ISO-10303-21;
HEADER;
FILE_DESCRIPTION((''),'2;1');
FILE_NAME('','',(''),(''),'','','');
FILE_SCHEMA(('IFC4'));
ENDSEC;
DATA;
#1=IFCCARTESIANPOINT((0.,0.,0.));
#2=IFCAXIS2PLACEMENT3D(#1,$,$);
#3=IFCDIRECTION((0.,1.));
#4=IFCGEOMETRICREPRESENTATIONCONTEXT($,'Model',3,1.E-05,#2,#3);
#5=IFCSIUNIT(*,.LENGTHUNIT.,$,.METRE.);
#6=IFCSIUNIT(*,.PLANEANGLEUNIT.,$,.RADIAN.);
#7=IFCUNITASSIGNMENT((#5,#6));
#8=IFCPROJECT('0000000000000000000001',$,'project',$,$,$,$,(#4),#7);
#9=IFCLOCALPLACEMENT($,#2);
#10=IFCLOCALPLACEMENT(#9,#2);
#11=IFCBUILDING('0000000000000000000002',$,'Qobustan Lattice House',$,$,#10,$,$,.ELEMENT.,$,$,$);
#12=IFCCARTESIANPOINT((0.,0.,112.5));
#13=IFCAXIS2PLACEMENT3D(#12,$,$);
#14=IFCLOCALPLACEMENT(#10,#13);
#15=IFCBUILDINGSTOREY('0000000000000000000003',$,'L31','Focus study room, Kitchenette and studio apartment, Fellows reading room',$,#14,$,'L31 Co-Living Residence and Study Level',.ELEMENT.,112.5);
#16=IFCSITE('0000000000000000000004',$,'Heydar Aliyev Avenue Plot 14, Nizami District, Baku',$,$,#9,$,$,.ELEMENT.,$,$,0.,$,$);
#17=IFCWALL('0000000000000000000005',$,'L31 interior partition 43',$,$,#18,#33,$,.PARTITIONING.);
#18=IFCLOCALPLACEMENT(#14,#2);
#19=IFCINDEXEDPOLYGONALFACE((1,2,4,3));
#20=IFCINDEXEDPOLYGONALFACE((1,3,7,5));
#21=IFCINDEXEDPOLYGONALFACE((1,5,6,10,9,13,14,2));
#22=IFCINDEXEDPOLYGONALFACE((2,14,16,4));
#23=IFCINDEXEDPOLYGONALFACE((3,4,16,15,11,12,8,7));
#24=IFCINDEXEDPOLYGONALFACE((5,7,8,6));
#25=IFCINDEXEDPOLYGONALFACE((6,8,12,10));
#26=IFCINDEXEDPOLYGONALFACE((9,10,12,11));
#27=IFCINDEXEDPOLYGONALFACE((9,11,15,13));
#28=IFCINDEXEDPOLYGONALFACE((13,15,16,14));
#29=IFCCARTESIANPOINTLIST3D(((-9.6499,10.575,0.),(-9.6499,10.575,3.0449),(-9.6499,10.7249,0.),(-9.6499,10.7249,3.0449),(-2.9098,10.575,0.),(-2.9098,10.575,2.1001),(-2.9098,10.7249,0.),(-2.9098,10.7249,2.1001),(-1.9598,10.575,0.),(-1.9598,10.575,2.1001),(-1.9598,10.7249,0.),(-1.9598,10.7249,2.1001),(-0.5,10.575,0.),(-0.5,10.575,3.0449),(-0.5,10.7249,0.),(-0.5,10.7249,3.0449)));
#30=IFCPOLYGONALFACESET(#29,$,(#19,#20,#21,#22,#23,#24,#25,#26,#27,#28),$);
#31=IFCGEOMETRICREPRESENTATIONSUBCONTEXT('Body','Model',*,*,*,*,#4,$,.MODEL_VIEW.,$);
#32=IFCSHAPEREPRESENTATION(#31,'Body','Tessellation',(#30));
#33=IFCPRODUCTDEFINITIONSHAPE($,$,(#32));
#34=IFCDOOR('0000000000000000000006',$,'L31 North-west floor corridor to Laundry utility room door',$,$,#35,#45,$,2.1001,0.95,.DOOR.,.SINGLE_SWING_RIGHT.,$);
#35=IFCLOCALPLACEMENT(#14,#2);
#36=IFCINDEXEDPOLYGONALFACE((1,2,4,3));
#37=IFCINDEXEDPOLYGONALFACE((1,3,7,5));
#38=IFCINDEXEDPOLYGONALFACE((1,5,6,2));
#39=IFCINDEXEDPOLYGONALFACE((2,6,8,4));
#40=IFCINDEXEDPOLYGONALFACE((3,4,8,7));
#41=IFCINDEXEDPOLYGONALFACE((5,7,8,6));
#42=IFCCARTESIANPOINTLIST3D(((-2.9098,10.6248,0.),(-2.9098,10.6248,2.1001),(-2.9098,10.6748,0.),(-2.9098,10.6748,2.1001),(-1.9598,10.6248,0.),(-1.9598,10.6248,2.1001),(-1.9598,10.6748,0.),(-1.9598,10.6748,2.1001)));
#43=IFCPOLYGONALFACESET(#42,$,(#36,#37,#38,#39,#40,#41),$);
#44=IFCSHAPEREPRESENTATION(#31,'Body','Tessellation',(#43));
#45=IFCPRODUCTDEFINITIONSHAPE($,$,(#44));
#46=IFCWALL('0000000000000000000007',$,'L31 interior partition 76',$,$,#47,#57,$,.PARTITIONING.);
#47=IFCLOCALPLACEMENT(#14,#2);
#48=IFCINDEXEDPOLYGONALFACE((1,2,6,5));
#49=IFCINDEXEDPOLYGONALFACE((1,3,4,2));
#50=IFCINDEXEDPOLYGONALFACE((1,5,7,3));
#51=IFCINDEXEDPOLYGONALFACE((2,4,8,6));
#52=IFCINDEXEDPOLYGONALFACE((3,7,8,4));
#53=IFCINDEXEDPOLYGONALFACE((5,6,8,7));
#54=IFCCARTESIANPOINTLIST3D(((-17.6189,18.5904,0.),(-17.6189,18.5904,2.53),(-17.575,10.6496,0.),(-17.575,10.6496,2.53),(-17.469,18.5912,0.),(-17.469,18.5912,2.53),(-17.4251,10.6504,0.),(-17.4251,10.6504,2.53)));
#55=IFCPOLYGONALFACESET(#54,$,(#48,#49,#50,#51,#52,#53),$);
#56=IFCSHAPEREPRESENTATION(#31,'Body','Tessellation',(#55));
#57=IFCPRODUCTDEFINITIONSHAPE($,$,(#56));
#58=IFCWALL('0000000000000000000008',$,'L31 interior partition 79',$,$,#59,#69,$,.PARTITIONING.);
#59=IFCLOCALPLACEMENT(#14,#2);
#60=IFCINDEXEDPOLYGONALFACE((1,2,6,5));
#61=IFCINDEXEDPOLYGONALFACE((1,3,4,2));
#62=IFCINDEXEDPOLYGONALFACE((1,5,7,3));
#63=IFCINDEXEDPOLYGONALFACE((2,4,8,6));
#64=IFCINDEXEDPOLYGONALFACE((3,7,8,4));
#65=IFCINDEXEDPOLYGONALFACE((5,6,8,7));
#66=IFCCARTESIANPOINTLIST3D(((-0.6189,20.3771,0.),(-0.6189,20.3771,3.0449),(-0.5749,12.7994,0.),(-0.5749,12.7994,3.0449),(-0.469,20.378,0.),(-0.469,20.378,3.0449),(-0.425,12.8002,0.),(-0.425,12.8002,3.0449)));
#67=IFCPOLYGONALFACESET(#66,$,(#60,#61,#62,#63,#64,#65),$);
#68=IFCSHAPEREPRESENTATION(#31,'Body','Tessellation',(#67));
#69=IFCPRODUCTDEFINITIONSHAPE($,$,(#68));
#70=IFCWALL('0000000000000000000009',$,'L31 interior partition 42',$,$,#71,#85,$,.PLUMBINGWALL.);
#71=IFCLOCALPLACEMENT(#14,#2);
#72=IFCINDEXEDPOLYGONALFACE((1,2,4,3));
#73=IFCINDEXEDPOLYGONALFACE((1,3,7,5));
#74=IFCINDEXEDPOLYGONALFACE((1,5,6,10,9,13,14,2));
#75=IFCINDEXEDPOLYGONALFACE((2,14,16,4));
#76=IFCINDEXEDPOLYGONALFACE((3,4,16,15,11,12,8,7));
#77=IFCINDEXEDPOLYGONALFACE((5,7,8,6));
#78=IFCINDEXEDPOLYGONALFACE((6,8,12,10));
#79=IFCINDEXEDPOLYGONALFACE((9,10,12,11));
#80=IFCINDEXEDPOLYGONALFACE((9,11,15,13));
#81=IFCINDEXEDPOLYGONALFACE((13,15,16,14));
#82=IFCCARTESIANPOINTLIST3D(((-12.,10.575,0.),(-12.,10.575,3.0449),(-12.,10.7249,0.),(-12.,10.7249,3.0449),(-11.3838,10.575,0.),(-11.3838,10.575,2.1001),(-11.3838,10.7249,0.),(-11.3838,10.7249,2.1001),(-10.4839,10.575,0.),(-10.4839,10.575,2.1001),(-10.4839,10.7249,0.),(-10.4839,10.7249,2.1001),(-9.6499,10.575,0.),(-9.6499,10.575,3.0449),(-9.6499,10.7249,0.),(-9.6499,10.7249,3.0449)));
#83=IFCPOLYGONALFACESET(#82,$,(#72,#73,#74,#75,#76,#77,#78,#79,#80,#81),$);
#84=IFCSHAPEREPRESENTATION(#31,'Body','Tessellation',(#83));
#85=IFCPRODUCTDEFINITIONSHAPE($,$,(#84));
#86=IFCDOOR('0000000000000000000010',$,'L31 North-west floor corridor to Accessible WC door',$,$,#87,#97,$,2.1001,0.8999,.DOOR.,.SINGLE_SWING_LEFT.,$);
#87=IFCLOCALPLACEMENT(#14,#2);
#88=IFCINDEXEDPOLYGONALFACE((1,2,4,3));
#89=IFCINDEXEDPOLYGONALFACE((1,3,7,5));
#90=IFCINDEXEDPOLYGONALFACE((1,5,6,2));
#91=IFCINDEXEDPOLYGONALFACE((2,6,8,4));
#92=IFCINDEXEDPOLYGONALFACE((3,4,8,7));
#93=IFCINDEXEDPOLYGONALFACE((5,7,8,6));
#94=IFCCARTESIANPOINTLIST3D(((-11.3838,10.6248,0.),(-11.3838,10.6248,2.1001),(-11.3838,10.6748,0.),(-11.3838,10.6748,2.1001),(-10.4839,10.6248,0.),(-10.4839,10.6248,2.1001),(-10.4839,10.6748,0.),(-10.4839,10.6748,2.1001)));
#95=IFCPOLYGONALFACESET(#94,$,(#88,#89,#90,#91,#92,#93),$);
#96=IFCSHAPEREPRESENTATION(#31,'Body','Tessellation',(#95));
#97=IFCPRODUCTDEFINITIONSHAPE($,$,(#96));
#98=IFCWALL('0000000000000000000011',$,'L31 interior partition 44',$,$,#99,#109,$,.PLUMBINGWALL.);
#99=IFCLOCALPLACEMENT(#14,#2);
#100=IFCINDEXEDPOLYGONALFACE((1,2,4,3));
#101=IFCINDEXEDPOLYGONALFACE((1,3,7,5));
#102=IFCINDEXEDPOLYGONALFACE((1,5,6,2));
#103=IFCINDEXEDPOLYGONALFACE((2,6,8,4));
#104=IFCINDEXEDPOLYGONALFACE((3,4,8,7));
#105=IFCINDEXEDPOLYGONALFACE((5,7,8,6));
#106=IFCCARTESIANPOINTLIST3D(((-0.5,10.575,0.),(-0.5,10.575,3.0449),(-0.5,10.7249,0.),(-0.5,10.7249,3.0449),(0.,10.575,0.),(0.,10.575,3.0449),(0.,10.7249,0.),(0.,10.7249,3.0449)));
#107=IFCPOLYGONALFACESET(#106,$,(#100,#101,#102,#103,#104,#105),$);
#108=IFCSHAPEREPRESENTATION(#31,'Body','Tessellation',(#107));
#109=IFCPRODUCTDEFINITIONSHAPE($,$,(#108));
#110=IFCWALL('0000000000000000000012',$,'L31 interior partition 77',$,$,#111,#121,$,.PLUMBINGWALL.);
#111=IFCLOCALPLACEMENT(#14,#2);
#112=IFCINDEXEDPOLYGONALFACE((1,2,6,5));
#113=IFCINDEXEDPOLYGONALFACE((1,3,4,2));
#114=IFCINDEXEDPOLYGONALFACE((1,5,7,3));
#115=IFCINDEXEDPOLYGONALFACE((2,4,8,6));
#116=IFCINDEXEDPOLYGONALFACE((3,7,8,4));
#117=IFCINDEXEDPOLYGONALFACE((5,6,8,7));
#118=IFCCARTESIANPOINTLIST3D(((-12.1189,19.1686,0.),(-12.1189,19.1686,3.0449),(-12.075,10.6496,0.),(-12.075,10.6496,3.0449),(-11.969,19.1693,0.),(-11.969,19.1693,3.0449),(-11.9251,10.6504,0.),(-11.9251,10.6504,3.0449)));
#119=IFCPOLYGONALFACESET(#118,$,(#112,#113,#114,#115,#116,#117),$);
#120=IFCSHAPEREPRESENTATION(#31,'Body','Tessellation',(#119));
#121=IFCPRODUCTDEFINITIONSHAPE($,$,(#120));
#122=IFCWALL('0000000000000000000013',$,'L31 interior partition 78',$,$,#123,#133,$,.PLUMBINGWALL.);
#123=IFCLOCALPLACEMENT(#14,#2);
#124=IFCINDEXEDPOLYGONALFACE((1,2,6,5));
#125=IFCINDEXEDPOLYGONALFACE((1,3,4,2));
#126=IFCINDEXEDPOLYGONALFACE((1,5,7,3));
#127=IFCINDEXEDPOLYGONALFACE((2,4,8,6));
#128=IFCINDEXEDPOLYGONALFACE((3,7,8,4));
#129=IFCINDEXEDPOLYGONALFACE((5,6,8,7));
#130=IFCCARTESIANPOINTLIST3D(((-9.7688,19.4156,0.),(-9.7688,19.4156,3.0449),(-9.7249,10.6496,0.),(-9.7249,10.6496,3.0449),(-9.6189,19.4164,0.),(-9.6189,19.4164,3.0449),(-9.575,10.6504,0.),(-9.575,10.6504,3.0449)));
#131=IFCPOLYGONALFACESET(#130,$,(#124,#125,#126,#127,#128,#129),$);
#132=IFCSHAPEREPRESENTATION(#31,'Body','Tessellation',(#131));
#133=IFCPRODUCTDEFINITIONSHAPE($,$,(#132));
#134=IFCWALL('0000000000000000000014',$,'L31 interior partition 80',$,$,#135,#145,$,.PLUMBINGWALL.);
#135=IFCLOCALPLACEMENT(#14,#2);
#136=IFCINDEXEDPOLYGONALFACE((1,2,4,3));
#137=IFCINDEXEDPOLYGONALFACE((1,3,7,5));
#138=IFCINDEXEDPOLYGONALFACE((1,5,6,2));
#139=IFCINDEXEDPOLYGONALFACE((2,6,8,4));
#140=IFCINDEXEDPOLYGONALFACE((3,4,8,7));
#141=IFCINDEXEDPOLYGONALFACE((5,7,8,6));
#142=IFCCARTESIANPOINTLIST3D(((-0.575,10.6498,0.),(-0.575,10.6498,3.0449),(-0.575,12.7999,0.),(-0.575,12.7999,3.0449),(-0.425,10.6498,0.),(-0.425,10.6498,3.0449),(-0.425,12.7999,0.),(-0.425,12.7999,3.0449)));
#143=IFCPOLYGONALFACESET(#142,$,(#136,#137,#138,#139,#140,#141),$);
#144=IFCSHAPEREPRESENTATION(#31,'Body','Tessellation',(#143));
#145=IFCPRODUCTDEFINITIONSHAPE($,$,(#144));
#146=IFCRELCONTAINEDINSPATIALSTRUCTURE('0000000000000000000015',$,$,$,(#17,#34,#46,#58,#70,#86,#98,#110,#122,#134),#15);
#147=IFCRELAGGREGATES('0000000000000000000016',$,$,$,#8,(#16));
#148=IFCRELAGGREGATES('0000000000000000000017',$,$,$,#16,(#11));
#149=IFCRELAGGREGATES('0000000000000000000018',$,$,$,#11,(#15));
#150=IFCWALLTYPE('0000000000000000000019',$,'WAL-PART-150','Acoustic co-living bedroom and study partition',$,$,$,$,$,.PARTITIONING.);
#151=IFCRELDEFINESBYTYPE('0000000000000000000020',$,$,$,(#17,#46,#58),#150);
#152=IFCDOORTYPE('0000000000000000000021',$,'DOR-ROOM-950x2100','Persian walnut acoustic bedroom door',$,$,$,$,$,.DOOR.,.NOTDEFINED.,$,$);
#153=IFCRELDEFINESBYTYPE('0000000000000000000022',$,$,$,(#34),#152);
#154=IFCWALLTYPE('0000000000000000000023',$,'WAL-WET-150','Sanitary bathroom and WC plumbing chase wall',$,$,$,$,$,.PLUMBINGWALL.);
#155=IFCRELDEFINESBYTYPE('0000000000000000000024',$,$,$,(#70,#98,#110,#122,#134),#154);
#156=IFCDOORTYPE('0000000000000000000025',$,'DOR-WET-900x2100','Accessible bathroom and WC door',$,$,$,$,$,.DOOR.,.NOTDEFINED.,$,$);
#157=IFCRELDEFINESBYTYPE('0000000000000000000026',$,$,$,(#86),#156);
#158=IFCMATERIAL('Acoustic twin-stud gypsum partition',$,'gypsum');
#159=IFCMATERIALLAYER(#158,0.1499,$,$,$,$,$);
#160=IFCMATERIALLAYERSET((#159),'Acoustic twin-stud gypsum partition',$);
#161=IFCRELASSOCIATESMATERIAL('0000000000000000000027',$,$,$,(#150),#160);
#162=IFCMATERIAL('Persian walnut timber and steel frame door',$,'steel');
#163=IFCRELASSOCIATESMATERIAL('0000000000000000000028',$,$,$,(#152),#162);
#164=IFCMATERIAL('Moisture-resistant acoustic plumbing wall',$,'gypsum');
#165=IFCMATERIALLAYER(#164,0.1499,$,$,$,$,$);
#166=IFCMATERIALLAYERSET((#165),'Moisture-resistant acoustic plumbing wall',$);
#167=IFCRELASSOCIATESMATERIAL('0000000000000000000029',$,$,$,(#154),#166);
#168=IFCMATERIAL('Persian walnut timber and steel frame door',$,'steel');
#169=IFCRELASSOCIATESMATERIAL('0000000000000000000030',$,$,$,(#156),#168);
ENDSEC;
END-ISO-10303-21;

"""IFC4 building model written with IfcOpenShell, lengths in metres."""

from ifc_helpers import new_model, si_unit, direction, frame, frame_2d, origin, place, context, subcontext, project, spatial, rectangle, extrude, material, layer, layer_set, type_object, element, fill, save


model = new_model("IFC4")

# Units and contexts
model_context = context("Model", 3, precision=1e-05, world=origin(), true_north=direction((0.0, 1.0)))
body_context = subcontext(model_context, "Body", "Model", "MODEL_VIEW")
ifc_project = project(units=[si_unit("LENGTHUNIT", "METRE"), si_unit("PLANEANGLEUNIT", "RADIAN")], contexts=[model_context])

# Site, building, storey
site_placement = place(None, origin())
site = spatial("IfcSite", under=ifc_project, at=site_placement, Name="Heydar Aliyev Avenue Plot 14, Nizami District, Baku", CompositionType="ELEMENT", RefElevation=0.0)
building_placement = place(site_placement, origin())
building = spatial("IfcBuilding", under=site, at=building_placement, Name="Qobustan Lattice House", CompositionType="ELEMENT")
storey_placement = place(building_placement, frame((0.0, 0.0, 112.5)))
storey = spatial("IfcBuildingStorey", under=building, at=storey_placement, Name="L31", Description="Focus study room, Kitchenette and studio apartment, Fellows reading room", LongName="L31 Co-Living Residence and Study Level", CompositionType="ELEMENT", Elevation=112.5)

# Wall, opening, door
ifc_material_1 = material(Name="Acoustic twin-stud gypsum partition", Category="gypsum")
ifc_layer_1 = layer(ifc_material_1, 0.1499)
ifc_layer_set_1 = layer_set([ifc_layer_1], Name="Acoustic twin-stud gypsum partition")
wall_type_1 = type_object("IfcWallType", Name="WAL-PART-150", Description="Acoustic co-living bedroom and study partition", PredefinedType="PARTITIONING", material=ifc_layer_set_1)
wall_1_placement = place(storey_placement, frame((-9.6499, 10.6499, 0.0), z_axis=(0.0, 0.0, 1.0), x_axis=(1.0, 0.0, 0.0)))
wall_1 = element("IfcWall", 1, at=wall_1_placement, inside=storey, type_object=wall_type_1, Name="L31 interior partition 43", PredefinedType="PARTITIONING", context=body_context, shape_type="SweptSolid", body=[
    extrude(rectangle(XDim=9.1499, YDim=0.1499, at=frame_2d((4.575, 0.0))), origin(), (0.0, 0.0, 1.0), 3.0449),
])
opening_1_placement = place(wall_1_placement, frame((6.74, 0.0, 0.0)))
opening_1 = element("IfcOpeningElement", 2, at=opening_1_placement, cuts=wall_1, PredefinedType="OPENING", context=body_context, shape_type="SweptSolid", body=[
    extrude(rectangle(XDim=0.95, YDim=2.1001, at=frame_2d((0.4751, 1.05))), frame((0.0, 0.085, 0.0), z_axis=(0.0, -1.0, 0.0), x_axis=(1.0, 0.0, 0.0)), (0.0, 0.0, 1.0), 0.1699),
])
ifc_material_2 = material(Name="Persian walnut timber and steel frame door", Category="steel")
door_type_1 = type_object("IfcDoorType", Name="DOR-ROOM-950x2100", Description="Persian walnut acoustic bedroom door", OperationType="NOTDEFINED", PredefinedType="DOOR", material=ifc_material_2)
door_1_placement = place(opening_1_placement, origin())
door_1 = element("IfcDoor", 3, at=door_1_placement, inside=storey, type_object=door_type_1, Name="L31 North-west floor corridor to Laundry utility room door", OperationType="SINGLE_SWING_RIGHT", OverallHeight=2.1001, OverallWidth=0.95, PredefinedType="DOOR", context=body_context, shape_type="SweptSolid", body=[
    extrude(rectangle(XDim=0.95, YDim=2.1001, at=frame_2d((0.4751, 1.05))), frame((0.0, 0.0249, 0.0), z_axis=(0.0, -1.0, 0.0), x_axis=(1.0, 0.0, 0.0)), (0.0, 0.0, 1.0), 0.05),
])
fill(opening_1, door_1)

# Walls
wall_2_placement = place(storey_placement, frame((-17.5439, 18.5908, 0.0), z_axis=(0.0, 0.0, 1.0), x_axis=(0.005534, -0.999985, 0.0)))
element("IfcWall", 4, at=wall_2_placement, inside=storey, type_object=wall_type_1, Name="L31 interior partition 76", PredefinedType="PARTITIONING", context=body_context, shape_type="SweptSolid", body=[
    extrude(rectangle(XDim=7.9409, YDim=0.1499, at=frame_2d((3.9705, 0.0))), origin(), (0.0, 0.0, 1.0), 2.53),
])
wall_3_placement = place(storey_placement, frame((-0.5439, 20.3777, 0.0), z_axis=(0.0, 0.0, 1.0), x_axis=(0.005799, -0.999983, 0.0)))
element("IfcWall", 5, at=wall_3_placement, inside=storey, type_object=wall_type_1, Name="L31 interior partition 79", PredefinedType="PARTITIONING", context=body_context, shape_type="SweptSolid", body=[
    extrude(rectangle(XDim=7.5779, YDim=0.1499, at=frame_2d((3.7891, 0.0))), origin(), (0.0, 0.0, 1.0), 3.0449),
])

# Wall, opening, door
ifc_material_3 = material(Name="Moisture-resistant acoustic plumbing wall", Category="gypsum")
ifc_layer_2 = layer(ifc_material_3, 0.1499)
ifc_layer_set_2 = layer_set([ifc_layer_2], Name="Moisture-resistant acoustic plumbing wall")
wall_type_2 = type_object("IfcWallType", Name="WAL-WET-150", Description="Sanitary bathroom and WC plumbing chase wall", PredefinedType="PLUMBINGWALL", material=ifc_layer_set_2)
wall_4_placement = place(storey_placement, frame((-12.0, 10.6499, 0.0), z_axis=(0.0, 0.0, 1.0), x_axis=(1.0, 0.0, 0.0)))
wall_4 = element("IfcWall", 6, at=wall_4_placement, inside=storey, type_object=wall_type_2, Name="L31 interior partition 42", PredefinedType="PLUMBINGWALL", context=body_context, shape_type="SweptSolid", body=[
    extrude(rectangle(XDim=2.3501, YDim=0.1499, at=frame_2d((1.175, 0.0))), origin(), (0.0, 0.0, 1.0), 3.0449),
])
opening_2_placement = place(wall_4_placement, frame((0.6162, 0.0, 0.0)))
opening_2 = element("IfcOpeningElement", 7, at=opening_2_placement, cuts=wall_4, PredefinedType="OPENING", context=body_context, shape_type="SweptSolid", body=[
    extrude(rectangle(XDim=0.8999, YDim=2.1001, at=frame_2d((0.45, 1.05))), frame((0.0, 0.085, 0.0), z_axis=(0.0, -1.0, 0.0), x_axis=(1.0, 0.0, 0.0)), (0.0, 0.0, 1.0), 0.1699),
])
ifc_material_4 = material(Name="Persian walnut timber and steel frame door", Category="steel")
door_type_2 = type_object("IfcDoorType", Name="DOR-WET-900x2100", Description="Accessible bathroom and WC door", OperationType="NOTDEFINED", PredefinedType="DOOR", material=ifc_material_4)
door_2_placement = place(opening_2_placement, origin())
door_2 = element("IfcDoor", 8, at=door_2_placement, inside=storey, type_object=door_type_2, Name="L31 North-west floor corridor to Accessible WC door", OperationType="SINGLE_SWING_LEFT", OverallHeight=2.1001, OverallWidth=0.8999, PredefinedType="DOOR", context=body_context, shape_type="SweptSolid", body=[
    extrude(rectangle(XDim=0.8999, YDim=2.1001, at=frame_2d((0.45, 1.05))), frame((0.0, 0.0249, 0.0), z_axis=(0.0, -1.0, 0.0), x_axis=(1.0, 0.0, 0.0)), (0.0, 0.0, 1.0), 0.05),
])
fill(opening_2, door_2)

# Walls
wall_5_placement = place(storey_placement, frame((-0.5, 10.6499, 0.0), z_axis=(0.0, 0.0, 1.0), x_axis=(1.0, 0.0, 0.0)))
element("IfcWall", 9, at=wall_5_placement, inside=storey, type_object=wall_type_2, Name="L31 interior partition 44", PredefinedType="PLUMBINGWALL", context=body_context, shape_type="SweptSolid", body=[
    extrude(rectangle(XDim=0.5, YDim=0.1499, at=frame_2d((0.25, 0.0))), origin(), (0.0, 0.0, 1.0), 3.0449),
])
wall_6_placement = place(storey_placement, frame((-12.0439, 19.1689, 0.0), z_axis=(0.0, 0.0, 1.0), x_axis=(0.005158, -0.999987, 0.0)))
element("IfcWall", 10, at=wall_6_placement, inside=storey, type_object=wall_type_2, Name="L31 interior partition 77", PredefinedType="PLUMBINGWALL", context=body_context, shape_type="SweptSolid", body=[
    extrude(rectangle(XDim=8.519, YDim=0.1499, at=frame_2d((4.2595, 0.0))), origin(), (0.0, 0.0, 1.0), 3.0449),
])
wall_7_placement = place(storey_placement, frame((-9.6938, 19.416, 0.0), z_axis=(0.0, 0.0, 1.0), x_axis=(0.005013, -0.999987, 0.0)))
element("IfcWall", 11, at=wall_7_placement, inside=storey, type_object=wall_type_2, Name="L31 interior partition 78", PredefinedType="PLUMBINGWALL", context=body_context, shape_type="SweptSolid", body=[
    extrude(rectangle(XDim=8.7661, YDim=0.1499, at=frame_2d((4.3831, 0.0))), origin(), (0.0, 0.0, 1.0), 3.0449),
])
wall_8_placement = place(storey_placement, frame((-0.5, 12.8, 0.0), z_axis=(0.0, 0.0, 1.0), x_axis=(0.0, -1.0, 0.0)))
element("IfcWall", 12, at=wall_8_placement, inside=storey, type_object=wall_type_2, Name="L31 interior partition 80", PredefinedType="PLUMBINGWALL", context=body_context, shape_type="SweptSolid", body=[
    extrude(rectangle(XDim=2.1501, YDim=0.1499, at=frame_2d((1.0752, 0.0))), origin(), (0.0, 0.0, 1.0), 3.0449),
])

save(model, "model.ifc")
